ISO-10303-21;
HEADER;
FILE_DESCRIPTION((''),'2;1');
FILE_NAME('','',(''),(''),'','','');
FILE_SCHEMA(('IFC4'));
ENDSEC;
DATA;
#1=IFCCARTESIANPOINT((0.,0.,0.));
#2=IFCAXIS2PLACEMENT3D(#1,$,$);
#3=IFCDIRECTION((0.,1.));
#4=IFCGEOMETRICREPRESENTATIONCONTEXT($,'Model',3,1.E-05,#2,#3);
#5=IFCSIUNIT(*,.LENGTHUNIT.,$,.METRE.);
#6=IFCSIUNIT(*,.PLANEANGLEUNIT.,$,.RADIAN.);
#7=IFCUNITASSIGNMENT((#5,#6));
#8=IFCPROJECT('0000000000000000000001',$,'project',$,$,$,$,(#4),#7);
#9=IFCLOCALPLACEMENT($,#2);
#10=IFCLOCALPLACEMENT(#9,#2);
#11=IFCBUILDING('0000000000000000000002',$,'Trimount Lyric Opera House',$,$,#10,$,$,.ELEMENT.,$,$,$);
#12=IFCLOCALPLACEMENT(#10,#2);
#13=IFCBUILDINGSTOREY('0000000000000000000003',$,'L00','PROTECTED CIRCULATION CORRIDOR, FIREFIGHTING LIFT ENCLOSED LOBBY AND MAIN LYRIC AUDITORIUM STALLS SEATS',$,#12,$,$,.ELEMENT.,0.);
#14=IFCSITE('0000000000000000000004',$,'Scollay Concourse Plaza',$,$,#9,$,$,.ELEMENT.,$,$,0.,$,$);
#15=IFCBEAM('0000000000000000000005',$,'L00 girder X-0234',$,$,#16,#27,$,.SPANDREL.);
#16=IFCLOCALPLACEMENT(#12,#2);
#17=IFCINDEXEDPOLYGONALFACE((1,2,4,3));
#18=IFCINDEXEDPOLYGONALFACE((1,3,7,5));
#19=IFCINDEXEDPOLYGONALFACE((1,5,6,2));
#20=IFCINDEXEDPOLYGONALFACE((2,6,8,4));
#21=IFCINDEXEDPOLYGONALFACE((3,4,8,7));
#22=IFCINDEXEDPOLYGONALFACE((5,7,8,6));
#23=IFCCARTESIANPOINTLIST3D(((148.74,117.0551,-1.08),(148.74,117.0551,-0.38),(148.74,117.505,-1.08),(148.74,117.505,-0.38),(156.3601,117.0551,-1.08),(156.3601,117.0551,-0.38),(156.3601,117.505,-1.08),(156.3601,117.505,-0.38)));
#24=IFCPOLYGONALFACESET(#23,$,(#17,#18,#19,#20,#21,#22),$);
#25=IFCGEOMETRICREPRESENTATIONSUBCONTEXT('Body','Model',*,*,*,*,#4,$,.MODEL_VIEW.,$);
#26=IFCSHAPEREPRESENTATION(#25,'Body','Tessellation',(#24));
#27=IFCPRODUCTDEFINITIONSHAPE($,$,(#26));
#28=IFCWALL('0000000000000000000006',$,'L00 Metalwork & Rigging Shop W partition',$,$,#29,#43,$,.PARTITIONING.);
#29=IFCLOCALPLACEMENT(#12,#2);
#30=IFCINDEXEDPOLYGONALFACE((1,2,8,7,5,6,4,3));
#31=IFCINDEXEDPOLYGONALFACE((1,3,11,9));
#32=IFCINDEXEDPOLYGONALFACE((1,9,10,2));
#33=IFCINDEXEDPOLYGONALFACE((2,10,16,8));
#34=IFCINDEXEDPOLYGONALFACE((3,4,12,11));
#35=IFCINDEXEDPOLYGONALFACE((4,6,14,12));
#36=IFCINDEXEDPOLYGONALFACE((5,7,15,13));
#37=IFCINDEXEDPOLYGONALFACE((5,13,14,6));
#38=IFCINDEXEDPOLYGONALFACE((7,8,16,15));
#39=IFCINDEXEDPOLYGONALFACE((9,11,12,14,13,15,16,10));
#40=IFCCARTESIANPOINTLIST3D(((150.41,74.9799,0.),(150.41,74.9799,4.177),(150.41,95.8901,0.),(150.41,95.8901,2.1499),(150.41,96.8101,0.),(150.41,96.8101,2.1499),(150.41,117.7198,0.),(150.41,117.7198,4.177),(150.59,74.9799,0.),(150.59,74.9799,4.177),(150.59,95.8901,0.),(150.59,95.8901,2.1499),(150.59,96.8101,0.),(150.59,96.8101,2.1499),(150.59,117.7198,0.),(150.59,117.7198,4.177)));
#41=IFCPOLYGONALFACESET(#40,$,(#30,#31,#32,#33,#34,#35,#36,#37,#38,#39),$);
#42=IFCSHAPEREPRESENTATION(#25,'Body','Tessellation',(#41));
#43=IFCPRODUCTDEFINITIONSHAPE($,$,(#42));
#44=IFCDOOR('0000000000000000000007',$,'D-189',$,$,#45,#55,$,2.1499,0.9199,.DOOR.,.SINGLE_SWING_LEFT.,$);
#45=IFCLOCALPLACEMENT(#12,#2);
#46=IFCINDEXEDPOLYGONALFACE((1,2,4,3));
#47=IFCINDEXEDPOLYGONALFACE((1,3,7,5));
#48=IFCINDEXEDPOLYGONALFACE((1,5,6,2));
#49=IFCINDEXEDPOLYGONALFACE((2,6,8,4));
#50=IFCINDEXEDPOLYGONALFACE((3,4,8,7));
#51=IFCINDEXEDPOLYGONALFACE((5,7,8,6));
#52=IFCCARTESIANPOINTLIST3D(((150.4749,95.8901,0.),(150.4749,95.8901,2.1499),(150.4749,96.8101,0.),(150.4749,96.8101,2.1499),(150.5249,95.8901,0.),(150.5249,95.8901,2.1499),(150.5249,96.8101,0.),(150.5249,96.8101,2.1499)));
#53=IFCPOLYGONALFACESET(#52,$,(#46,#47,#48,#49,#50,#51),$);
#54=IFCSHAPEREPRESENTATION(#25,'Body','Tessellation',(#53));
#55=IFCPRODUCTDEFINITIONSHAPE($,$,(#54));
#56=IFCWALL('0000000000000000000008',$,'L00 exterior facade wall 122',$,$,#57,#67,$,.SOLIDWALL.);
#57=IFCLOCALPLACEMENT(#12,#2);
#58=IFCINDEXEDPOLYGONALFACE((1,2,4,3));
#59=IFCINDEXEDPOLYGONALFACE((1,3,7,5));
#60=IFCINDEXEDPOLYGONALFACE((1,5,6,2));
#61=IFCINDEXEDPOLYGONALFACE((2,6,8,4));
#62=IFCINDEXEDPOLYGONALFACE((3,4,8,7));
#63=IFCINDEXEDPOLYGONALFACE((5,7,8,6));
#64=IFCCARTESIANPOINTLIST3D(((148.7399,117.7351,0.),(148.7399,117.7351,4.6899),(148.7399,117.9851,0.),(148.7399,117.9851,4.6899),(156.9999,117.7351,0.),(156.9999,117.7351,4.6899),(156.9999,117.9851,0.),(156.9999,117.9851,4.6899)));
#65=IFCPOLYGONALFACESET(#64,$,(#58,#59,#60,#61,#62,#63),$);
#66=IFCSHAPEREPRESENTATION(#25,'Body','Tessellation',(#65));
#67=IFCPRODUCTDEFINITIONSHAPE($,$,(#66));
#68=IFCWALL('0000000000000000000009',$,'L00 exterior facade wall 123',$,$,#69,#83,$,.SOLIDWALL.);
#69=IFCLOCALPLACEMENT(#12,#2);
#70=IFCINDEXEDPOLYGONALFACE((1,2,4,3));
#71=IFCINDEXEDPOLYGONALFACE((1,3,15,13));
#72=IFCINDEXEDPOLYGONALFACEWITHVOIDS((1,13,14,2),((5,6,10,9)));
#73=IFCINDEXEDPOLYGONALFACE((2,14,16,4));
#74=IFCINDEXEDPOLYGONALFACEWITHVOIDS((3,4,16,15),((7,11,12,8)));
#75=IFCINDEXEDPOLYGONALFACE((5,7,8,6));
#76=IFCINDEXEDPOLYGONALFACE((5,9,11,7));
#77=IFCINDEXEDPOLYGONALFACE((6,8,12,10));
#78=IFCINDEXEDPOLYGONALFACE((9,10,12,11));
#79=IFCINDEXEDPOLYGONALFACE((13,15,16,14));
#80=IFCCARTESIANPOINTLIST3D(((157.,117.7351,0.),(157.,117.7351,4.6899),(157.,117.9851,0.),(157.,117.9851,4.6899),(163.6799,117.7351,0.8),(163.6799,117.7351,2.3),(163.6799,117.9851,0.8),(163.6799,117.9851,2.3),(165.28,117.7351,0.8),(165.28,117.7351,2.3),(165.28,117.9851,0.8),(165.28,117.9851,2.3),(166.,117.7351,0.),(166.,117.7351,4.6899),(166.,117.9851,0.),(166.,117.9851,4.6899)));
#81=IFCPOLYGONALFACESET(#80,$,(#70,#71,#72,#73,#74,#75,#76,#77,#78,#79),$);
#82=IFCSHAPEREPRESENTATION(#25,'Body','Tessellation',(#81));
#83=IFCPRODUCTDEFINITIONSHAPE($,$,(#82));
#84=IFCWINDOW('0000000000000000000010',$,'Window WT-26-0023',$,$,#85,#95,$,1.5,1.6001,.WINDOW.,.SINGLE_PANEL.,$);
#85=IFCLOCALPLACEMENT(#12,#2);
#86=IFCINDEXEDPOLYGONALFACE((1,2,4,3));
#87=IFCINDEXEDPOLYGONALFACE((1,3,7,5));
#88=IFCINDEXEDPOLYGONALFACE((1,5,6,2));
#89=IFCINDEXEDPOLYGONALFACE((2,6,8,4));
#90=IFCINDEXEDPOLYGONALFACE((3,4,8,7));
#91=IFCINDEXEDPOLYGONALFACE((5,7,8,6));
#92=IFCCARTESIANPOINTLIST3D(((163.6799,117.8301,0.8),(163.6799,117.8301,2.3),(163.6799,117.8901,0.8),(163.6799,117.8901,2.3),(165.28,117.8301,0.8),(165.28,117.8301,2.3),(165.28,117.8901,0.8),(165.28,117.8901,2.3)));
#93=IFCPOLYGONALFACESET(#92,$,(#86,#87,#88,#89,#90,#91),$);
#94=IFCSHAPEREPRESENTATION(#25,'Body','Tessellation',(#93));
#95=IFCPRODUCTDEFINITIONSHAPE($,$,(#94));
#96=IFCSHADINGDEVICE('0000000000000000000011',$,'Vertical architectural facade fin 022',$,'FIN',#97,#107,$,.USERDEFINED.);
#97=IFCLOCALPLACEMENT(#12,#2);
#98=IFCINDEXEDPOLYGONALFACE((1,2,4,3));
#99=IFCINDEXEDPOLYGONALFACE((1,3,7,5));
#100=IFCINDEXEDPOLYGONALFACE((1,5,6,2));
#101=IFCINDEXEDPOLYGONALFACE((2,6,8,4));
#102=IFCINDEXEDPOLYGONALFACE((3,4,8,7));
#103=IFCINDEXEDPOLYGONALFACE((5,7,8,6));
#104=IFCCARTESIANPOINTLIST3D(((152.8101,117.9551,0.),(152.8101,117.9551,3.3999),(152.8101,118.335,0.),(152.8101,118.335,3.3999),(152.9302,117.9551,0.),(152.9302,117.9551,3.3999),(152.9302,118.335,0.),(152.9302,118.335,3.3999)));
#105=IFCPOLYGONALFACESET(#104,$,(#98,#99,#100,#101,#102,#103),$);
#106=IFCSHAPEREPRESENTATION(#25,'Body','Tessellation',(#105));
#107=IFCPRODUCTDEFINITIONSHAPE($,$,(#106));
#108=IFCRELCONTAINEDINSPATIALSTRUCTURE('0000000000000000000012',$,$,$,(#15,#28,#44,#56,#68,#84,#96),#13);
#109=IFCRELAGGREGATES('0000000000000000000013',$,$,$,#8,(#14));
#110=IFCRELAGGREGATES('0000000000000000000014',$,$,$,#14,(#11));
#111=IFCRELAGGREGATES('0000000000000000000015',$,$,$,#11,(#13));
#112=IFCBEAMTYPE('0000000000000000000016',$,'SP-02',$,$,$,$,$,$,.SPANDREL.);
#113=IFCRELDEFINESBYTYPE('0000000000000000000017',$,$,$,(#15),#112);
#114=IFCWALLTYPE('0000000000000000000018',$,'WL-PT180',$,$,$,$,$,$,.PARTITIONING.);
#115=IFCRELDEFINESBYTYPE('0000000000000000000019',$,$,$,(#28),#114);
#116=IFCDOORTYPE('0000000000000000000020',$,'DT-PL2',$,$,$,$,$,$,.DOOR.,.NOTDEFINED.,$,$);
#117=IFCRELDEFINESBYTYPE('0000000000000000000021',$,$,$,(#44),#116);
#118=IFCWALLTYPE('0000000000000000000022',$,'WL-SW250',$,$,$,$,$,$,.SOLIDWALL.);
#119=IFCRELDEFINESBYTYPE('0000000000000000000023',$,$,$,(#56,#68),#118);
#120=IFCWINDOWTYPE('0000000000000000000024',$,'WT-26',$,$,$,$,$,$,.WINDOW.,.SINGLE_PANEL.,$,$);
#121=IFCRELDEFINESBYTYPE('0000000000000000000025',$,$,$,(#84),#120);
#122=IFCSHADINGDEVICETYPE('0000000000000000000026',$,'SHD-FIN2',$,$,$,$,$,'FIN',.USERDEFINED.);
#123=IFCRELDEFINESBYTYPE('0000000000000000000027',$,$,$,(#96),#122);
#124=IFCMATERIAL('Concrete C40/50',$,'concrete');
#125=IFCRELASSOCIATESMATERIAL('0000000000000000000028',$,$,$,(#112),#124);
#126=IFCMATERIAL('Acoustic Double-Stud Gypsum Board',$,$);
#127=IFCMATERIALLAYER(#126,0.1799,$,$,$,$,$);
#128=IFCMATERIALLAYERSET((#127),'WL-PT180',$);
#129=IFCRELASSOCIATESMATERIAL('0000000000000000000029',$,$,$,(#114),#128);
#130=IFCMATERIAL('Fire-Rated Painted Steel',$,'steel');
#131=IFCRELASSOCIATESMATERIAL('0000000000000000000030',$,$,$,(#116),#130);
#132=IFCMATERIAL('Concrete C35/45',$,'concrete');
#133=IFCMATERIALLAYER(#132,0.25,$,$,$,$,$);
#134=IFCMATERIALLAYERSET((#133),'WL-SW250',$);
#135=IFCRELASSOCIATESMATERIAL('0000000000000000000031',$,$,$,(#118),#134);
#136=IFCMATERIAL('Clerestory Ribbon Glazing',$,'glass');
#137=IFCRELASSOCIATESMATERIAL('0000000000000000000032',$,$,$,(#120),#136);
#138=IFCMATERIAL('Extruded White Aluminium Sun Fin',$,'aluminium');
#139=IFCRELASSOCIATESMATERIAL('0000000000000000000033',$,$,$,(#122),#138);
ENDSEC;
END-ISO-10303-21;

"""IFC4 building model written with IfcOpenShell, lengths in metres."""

from ifc_helpers import new_model, si_unit, direction, frame, frame_2d, origin, origin_2d, place, context, subcontext, project, spatial, rectangle, extrude, material, layer, layer_set, material_profile, profile_set, type_object, element, fill, save


model = new_model("IFC4")

# Units and contexts
model_context = context("Model", 3, precision=1e-05, world=origin(), true_north=direction((0.0, 1.0)))
body_context = subcontext(model_context, "Body", "Model", "MODEL_VIEW")
ifc_project = project(units=[si_unit("LENGTHUNIT", "METRE"), si_unit("PLANEANGLEUNIT", "RADIAN")], contexts=[model_context])

# Site, building, storey
site_placement = place(None, origin())
site = spatial("IfcSite", under=ifc_project, at=site_placement, Name="Scollay Concourse Plaza", CompositionType="ELEMENT", RefElevation=0.0)
building_placement = place(site_placement, origin())
building = spatial("IfcBuilding", under=site, at=building_placement, Name="Trimount Lyric Opera House", CompositionType="ELEMENT")
storey_placement = place(building_placement, origin())
storey = spatial("IfcBuildingStorey", under=building, at=storey_placement, Name="L00", Description="PROTECTED CIRCULATION CORRIDOR, FIREFIGHTING LIFT ENCLOSED LOBBY AND MAIN LYRIC AUDITORIUM STALLS SEATS", CompositionType="ELEMENT", Elevation=0.0)

# Beam
ifc_material_1 = material(Name="Concrete C40/50", Category="concrete")
ifc_material_profile_1 = material_profile(ifc_material_1, rectangle(XDim=0.45, YDim=0.7, at=origin_2d()), Name="RC450X700")
ifc_profile_set_1 = profile_set([ifc_material_profile_1], Name="Concrete C40/50")
beam_type_1 = type_object("IfcBeamType", Name="SP-02", PredefinedType="SPANDREL", material=ifc_profile_set_1)
beam_1_placement = place(storey_placement, frame((148.74, 117.28, -0.73), z_axis=(1.0, 0.0, 0.0), x_axis=(0.0, 1.0, 0.0)))
element("IfcBeam", 1, at=beam_1_placement, inside=storey, type_object=beam_type_1, Name="L00 girder X-0234", PredefinedType="SPANDREL", context=body_context, shape_type="SweptSolid", body=[
    extrude(rectangle(XDim=0.45, YDim=0.7, at=origin_2d()), origin(), (0.0, 0.0, 1.0), 7.6201),
])

# Wall, opening, door
ifc_material_2 = material(Name="Acoustic Double-Stud Gypsum Board")
ifc_layer_1 = layer(ifc_material_2, 0.1799)
ifc_layer_set_1 = layer_set([ifc_layer_1], Name="WL-PT180")
wall_type_1 = type_object("IfcWallType", Name="WL-PT180", PredefinedType="PARTITIONING", material=ifc_layer_set_1)
wall_1_placement = place(storey_placement, frame((150.5, 117.72, 0.0), z_axis=(0.0, 0.0, 1.0), x_axis=(0.0, -1.0, 0.0)))
wall_1 = element("IfcWall", 2, at=wall_1_placement, inside=storey, type_object=wall_type_1, Name="L00 Metalwork & Rigging Shop W partition", PredefinedType="PARTITIONING", context=body_context, shape_type="SweptSolid", body=[
    extrude(rectangle(XDim=42.74, YDim=0.1799, at=frame_2d((21.3701, 0.0))), origin(), (0.0, 0.0, 1.0), 4.177),
])
opening_1_placement = place(wall_1_placement, frame((20.9099, 0.0, 0.0)))
opening_1 = element("IfcOpeningElement", 3, at=opening_1_placement, cuts=wall_1, PredefinedType="OPENING", context=body_context, shape_type="SweptSolid", body=[
    extrude(rectangle(XDim=0.9199, YDim=2.1499, at=frame_2d((0.46, 1.075))), frame((0.0, 0.1001, 0.0), z_axis=(0.0, -1.0, 0.0), x_axis=(1.0, 0.0, 0.0)), (0.0, 0.0, 1.0), 0.2),
])
ifc_material_3 = material(Name="Fire-Rated Painted Steel", Category="steel")
door_type = type_object("IfcDoorType", Name="DT-PL2", OperationType="NOTDEFINED", PredefinedType="DOOR", material=ifc_material_3)
door_placement = place(opening_1_placement, origin())
door = element("IfcDoor", 4, at=door_placement, inside=storey, type_object=door_type, Name="D-189", OperationType="SINGLE_SWING_LEFT", OverallHeight=2.1499, OverallWidth=0.9199, PredefinedType="DOOR", context=body_context, shape_type="SweptSolid", body=[
    extrude(rectangle(XDim=0.9199, YDim=2.1499, at=frame_2d((0.46, 1.075))), frame((0.0, 0.0249, 0.0), z_axis=(0.0, -1.0, 0.0), x_axis=(1.0, 0.0, 0.0)), (0.0, 0.0, 1.0), 0.05),
])
fill(opening_1, door)

# Wall
ifc_material_4 = material(Name="Concrete C35/45", Category="concrete")
ifc_layer_2 = layer(ifc_material_4, 0.25)
ifc_layer_set_2 = layer_set([ifc_layer_2], Name="WL-SW250")
wall_type_2 = type_object("IfcWallType", Name="WL-SW250", PredefinedType="SOLIDWALL", material=ifc_layer_set_2)
wall_2_placement = place(storey_placement, frame((148.74, 117.8601, 0.0), z_axis=(0.0, 0.0, 1.0), x_axis=(1.0, 0.0, 0.0)))
element("IfcWall", 5, at=wall_2_placement, inside=storey, type_object=wall_type_2, Name="L00 exterior facade wall 122", PredefinedType="SOLIDWALL", context=body_context, shape_type="SweptSolid", body=[
    extrude(rectangle(XDim=8.26, YDim=0.25, at=frame_2d((4.1299, 0.0))), origin(), (0.0, 0.0, 1.0), 4.6899),
])

# Wall, opening, window
wall_3_placement = place(storey_placement, frame((157.0, 117.8601, 0.0), z_axis=(0.0, 0.0, 1.0), x_axis=(1.0, 0.0, 0.0)))
wall_3 = element("IfcWall", 6, at=wall_3_placement, inside=storey, type_object=wall_type_2, Name="L00 exterior facade wall 123", PredefinedType="SOLIDWALL", context=body_context, shape_type="SweptSolid", body=[
    extrude(rectangle(XDim=9.0, YDim=0.25, at=frame_2d((4.5, 0.0))), origin(), (0.0, 0.0, 1.0), 4.6899),
])
opening_2_placement = place(wall_3_placement, frame((6.6799, 0.0, 0.8)))
opening_2 = element("IfcOpeningElement", 7, at=opening_2_placement, cuts=wall_3, PredefinedType="OPENING", context=body_context, shape_type="SweptSolid", body=[
    extrude(rectangle(XDim=1.6001, YDim=1.5, at=frame_2d((0.8, 0.75))), frame((0.0, 0.135, 0.0), z_axis=(0.0, -1.0, 0.0), x_axis=(1.0, 0.0, 0.0)), (0.0, 0.0, 1.0), 0.27),
])
ifc_material_5 = material(Name="Clerestory Ribbon Glazing", Category="glass")
window_type = type_object("IfcWindowType", Name="WT-26", PartitioningType="SINGLE_PANEL", PredefinedType="WINDOW", material=ifc_material_5)
window_placement = place(opening_2_placement, origin())
window = element("IfcWindow", 8, at=window_placement, inside=storey, type_object=window_type, Name="Window WT-26-0023", OverallHeight=1.5, OverallWidth=1.6001, PartitioningType="SINGLE_PANEL", PredefinedType="WINDOW", context=body_context, shape_type="SweptSolid", body=[
    extrude(rectangle(XDim=1.6001, YDim=1.5, at=frame_2d((0.8, 0.75))), frame((0.0, 0.03, 0.0), z_axis=(0.0, -1.0, 0.0), x_axis=(1.0, 0.0, 0.0)), (0.0, 0.0, 1.0), 0.0601),
])
fill(opening_2, window)

# Shading device
ifc_material_6 = material(Name="Extruded White Aluminium Sun Fin", Category="aluminium")
shading_device_type = type_object("IfcShadingDeviceType", Name="SHD-FIN2", ElementType="FIN", PredefinedType="USERDEFINED", material=ifc_material_6)
shading_device_placement = place(storey_placement, frame((152.8701, 118.145, 0.0), z_axis=(0.0, 0.0, 1.0), x_axis=(1.0, 0.0, 0.0)))
element("IfcShadingDevice", 9, at=shading_device_placement, inside=storey, type_object=shading_device_type, Name="Vertical architectural facade fin 022", ObjectType="FIN", PredefinedType="USERDEFINED", context=body_context, shape_type="SweptSolid", body=[
    extrude(rectangle(XDim=0.1201, YDim=0.3799, at=origin_2d()), origin(), (0.0, 0.0, 1.0), 3.3999),
])

save(model, "model.ifc")
